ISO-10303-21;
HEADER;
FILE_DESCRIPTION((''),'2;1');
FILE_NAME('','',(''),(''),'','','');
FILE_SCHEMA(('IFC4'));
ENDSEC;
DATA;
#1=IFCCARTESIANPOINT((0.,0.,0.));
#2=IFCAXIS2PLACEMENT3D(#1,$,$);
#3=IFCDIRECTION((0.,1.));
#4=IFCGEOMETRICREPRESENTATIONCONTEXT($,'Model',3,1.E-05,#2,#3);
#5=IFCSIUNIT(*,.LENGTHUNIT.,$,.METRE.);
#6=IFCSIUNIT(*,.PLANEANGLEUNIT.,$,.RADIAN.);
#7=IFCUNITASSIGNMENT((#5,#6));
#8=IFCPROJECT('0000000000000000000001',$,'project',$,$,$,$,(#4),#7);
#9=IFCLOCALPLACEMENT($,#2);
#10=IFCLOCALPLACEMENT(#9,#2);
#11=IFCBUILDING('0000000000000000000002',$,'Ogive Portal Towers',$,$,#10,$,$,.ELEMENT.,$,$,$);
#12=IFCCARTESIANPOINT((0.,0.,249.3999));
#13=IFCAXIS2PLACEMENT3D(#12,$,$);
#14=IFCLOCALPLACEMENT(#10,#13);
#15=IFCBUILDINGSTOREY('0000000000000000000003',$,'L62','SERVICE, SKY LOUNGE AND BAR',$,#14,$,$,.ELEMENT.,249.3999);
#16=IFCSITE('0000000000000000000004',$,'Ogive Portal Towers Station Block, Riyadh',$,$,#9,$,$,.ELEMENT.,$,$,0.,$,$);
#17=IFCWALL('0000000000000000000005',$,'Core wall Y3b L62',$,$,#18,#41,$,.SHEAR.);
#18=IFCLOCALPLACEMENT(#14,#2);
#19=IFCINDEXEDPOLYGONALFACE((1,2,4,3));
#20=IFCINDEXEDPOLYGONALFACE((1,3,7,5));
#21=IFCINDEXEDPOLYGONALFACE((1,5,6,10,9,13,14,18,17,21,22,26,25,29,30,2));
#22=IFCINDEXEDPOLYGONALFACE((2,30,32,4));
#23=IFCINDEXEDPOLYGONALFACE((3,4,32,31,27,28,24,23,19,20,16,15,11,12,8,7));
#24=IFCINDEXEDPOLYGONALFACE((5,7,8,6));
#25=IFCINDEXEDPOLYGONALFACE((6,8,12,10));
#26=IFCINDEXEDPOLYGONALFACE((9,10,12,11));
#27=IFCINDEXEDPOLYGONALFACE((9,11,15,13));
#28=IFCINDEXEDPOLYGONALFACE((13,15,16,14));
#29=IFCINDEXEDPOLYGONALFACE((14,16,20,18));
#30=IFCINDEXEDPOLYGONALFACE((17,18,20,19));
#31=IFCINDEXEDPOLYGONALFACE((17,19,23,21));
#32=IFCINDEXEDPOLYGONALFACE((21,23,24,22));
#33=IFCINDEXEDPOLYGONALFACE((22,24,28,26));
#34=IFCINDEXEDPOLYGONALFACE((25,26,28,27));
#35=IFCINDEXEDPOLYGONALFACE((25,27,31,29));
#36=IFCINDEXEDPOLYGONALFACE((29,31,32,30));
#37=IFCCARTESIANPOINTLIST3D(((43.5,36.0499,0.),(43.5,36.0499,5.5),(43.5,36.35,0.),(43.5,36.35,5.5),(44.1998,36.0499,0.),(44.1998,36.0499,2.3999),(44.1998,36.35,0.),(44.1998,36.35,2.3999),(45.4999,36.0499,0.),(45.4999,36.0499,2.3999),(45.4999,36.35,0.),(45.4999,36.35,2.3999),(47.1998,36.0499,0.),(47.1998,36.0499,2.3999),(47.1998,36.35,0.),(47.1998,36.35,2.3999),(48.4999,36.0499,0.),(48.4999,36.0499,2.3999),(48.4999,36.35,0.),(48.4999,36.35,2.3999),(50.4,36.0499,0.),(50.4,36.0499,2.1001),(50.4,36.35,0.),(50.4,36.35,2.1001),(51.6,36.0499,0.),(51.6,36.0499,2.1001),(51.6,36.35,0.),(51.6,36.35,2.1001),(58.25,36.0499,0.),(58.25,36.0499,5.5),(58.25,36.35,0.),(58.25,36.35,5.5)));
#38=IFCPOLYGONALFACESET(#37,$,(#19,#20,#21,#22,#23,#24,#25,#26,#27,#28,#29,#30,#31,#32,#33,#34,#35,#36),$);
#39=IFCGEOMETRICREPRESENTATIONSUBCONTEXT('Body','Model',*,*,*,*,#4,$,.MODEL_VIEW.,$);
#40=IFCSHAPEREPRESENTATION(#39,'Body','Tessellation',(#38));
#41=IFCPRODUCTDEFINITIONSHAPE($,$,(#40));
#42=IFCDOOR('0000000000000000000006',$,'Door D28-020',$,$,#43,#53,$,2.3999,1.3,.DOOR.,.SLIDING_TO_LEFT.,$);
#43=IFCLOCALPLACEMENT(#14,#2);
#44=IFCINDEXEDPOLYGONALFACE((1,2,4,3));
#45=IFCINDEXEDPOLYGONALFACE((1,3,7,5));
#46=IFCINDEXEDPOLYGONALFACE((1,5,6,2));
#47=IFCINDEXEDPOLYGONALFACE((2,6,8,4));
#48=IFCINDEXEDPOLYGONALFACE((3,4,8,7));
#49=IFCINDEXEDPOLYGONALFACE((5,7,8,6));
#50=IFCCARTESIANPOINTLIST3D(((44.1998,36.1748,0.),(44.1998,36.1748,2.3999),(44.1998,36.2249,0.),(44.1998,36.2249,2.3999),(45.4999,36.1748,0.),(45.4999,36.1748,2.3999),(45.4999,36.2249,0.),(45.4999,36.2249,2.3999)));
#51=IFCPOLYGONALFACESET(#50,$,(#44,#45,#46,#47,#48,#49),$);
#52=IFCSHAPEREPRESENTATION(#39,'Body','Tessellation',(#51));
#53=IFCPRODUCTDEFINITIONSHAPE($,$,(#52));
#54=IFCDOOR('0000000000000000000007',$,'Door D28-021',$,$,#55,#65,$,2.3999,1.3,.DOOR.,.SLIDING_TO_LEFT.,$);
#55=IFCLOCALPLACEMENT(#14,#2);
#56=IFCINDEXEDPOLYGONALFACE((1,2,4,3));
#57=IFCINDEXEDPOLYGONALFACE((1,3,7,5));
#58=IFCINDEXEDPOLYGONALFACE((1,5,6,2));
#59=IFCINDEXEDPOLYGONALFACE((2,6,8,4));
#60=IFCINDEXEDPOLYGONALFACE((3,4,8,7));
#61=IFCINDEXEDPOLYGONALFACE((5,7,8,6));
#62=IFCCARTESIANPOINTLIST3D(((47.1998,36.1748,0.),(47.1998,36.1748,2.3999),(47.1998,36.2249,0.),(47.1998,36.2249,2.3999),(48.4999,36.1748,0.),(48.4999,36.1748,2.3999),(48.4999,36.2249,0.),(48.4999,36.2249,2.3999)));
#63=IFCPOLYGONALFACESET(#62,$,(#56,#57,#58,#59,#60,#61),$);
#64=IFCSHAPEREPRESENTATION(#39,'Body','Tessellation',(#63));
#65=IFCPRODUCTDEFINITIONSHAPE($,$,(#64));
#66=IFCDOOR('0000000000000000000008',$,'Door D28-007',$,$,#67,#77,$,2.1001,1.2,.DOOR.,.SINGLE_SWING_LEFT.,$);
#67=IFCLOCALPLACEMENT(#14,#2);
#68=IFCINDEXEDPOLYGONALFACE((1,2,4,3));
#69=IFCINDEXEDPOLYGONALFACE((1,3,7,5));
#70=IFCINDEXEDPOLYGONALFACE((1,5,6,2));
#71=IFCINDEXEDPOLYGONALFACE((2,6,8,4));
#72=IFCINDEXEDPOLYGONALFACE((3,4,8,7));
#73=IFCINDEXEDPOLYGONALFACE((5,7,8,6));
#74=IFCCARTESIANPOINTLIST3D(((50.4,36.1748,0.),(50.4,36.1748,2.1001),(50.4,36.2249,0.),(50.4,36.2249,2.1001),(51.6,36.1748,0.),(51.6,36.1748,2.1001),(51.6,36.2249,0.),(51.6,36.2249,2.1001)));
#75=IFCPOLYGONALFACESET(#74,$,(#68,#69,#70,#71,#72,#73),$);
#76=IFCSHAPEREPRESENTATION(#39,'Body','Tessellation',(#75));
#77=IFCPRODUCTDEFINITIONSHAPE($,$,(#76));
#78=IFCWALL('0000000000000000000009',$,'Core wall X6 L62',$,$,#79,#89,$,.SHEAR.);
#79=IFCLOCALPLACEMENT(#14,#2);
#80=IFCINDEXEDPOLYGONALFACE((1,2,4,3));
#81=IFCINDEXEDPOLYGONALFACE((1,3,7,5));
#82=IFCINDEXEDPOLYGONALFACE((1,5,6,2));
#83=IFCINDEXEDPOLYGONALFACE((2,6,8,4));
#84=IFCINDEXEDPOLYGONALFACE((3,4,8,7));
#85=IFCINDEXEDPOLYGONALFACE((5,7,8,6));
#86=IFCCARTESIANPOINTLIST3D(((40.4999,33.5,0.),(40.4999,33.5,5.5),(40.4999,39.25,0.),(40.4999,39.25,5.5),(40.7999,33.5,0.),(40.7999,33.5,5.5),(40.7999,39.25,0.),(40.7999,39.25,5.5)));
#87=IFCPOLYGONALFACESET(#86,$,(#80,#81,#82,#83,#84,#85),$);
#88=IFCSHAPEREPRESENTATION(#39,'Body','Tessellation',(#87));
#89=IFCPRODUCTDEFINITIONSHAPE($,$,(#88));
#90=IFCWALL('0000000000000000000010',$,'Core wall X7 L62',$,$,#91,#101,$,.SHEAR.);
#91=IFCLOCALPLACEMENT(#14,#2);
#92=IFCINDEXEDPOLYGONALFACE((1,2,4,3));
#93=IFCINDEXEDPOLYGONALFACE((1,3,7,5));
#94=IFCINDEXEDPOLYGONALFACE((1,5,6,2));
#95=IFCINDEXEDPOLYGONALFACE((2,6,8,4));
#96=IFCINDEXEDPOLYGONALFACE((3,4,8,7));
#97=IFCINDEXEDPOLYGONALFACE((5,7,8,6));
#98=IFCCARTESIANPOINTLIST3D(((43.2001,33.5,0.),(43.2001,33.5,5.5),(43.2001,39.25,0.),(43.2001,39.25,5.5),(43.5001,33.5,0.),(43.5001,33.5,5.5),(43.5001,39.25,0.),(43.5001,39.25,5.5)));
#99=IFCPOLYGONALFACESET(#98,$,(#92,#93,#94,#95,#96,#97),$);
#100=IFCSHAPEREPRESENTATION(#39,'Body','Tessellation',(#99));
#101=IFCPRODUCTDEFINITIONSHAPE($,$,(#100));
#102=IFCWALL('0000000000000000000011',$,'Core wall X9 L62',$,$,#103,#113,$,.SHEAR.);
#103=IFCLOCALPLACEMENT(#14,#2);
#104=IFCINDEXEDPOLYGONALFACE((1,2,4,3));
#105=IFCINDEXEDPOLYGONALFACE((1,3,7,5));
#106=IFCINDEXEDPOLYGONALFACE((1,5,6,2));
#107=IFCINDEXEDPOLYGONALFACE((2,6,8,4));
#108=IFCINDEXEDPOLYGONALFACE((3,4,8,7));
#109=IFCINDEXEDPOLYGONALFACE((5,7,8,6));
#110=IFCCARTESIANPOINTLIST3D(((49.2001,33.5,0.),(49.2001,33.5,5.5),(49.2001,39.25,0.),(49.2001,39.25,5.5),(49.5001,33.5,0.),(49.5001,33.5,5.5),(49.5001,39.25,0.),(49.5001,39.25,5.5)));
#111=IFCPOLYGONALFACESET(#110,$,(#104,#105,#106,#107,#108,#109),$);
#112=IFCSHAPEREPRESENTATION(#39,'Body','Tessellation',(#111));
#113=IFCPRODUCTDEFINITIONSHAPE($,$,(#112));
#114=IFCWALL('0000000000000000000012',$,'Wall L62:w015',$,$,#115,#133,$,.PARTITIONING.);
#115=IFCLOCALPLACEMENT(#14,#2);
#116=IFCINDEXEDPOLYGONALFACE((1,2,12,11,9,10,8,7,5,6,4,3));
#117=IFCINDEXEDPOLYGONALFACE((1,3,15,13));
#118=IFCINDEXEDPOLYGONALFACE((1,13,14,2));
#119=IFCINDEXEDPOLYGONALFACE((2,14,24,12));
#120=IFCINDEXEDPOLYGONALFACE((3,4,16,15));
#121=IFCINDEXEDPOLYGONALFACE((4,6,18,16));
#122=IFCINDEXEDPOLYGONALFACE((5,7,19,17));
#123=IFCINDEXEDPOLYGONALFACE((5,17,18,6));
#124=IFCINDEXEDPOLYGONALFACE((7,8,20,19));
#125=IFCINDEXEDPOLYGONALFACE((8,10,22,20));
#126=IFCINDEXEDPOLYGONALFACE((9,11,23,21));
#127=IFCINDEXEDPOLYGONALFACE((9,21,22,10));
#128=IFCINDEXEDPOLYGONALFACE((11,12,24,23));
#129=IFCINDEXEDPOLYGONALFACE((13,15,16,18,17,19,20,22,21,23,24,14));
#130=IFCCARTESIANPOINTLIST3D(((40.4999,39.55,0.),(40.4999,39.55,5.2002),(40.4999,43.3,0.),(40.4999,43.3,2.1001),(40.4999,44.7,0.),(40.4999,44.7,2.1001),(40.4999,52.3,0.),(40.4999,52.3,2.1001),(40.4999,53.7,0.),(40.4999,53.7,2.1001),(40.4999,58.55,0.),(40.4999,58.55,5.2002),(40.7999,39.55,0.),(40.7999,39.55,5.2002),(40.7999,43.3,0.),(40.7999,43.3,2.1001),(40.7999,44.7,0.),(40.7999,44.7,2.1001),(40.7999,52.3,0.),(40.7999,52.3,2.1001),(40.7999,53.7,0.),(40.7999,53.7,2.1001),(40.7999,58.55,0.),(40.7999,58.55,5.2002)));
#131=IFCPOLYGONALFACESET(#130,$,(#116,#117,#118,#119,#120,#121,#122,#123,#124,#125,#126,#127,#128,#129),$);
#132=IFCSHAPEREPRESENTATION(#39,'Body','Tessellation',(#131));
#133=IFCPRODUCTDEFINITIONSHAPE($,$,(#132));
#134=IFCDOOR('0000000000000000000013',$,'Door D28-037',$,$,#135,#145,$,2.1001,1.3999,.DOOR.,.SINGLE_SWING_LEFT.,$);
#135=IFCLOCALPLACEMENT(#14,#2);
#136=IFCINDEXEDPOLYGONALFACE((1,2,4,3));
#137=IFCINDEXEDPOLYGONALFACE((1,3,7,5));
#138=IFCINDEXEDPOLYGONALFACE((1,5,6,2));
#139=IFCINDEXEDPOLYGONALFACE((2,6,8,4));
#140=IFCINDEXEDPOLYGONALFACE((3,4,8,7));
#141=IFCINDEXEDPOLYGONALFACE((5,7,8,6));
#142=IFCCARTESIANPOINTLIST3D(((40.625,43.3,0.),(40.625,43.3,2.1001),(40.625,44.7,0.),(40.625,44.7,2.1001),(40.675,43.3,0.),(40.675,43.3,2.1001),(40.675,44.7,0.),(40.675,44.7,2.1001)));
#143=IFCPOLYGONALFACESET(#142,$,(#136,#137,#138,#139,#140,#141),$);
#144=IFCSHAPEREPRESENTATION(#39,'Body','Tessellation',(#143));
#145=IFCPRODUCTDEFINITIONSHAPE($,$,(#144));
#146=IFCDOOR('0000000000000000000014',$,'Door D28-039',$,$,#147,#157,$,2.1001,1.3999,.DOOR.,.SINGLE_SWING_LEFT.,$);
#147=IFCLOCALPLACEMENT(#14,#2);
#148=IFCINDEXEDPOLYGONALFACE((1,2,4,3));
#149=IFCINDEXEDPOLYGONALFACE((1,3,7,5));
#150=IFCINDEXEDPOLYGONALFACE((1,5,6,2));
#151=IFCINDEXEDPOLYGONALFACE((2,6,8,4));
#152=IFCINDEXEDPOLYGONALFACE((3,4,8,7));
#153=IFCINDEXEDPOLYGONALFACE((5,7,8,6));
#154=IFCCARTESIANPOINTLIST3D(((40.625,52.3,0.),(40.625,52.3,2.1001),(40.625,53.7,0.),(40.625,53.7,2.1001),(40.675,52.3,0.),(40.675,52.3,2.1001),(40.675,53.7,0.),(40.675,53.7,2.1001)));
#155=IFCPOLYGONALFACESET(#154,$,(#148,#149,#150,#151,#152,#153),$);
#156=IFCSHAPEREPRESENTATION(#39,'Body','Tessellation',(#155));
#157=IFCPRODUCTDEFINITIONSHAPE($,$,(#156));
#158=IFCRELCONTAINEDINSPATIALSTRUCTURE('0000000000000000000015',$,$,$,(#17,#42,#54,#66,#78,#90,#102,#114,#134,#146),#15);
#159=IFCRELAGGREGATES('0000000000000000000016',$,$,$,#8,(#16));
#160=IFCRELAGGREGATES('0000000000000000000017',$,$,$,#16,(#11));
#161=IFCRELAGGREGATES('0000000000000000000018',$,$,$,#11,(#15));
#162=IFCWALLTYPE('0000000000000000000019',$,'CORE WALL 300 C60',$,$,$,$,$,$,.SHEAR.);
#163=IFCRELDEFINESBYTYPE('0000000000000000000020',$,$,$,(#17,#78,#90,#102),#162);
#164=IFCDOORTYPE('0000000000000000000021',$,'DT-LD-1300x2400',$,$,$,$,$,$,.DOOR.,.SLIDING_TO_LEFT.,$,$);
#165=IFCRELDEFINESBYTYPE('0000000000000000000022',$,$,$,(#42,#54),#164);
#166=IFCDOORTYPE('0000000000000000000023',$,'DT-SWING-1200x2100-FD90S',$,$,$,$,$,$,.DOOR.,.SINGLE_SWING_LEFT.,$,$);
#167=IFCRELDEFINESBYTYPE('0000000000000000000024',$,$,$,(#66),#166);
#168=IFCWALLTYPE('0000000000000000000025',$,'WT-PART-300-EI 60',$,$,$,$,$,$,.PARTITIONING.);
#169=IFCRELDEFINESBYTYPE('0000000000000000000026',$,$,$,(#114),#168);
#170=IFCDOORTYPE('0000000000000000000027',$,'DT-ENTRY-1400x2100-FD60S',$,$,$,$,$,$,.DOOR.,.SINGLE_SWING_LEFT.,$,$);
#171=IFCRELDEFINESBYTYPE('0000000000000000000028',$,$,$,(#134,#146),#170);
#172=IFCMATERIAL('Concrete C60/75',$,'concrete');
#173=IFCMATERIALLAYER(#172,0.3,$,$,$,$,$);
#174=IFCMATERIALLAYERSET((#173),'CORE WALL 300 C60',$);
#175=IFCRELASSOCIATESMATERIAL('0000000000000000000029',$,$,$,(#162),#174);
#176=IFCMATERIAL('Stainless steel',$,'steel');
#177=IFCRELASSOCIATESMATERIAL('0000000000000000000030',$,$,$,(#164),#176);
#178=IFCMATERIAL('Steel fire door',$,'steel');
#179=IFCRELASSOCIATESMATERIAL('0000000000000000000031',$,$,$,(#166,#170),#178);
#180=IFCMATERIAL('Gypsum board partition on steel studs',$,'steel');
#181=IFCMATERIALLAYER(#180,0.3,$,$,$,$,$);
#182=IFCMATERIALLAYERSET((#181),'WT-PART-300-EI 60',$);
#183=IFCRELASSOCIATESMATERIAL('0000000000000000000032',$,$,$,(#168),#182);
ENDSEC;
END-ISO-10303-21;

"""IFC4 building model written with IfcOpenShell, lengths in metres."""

from ifc_helpers import new_model, si_unit, direction, frame, frame_2d, origin, place, context, subcontext, project, spatial, rectangle, extrude, material, layer, layer_set, type_object, element, fill, save


model = new_model("IFC4")

# Units and contexts
model_context = context("Model", 3, precision=1e-05, world=origin(), true_north=direction((0.0, 1.0)))
body_context = subcontext(model_context, "Body", "Model", "MODEL_VIEW")
ifc_project = project(units=[si_unit("LENGTHUNIT", "METRE"), si_unit("PLANEANGLEUNIT", "RADIAN")], contexts=[model_context])

# Site, building, storey
site_placement = place(None, origin())
site = spatial("IfcSite", under=ifc_project, at=site_placement, Name="Ogive Portal Towers Station Block, Riyadh", CompositionType="ELEMENT", RefElevation=0.0)
building_placement = place(site_placement, origin())
building = spatial("IfcBuilding", under=site, at=building_placement, Name="Ogive Portal Towers", CompositionType="ELEMENT")
storey_placement = place(building_placement, frame((0.0, 0.0, 249.3999)))
storey = spatial("IfcBuildingStorey", under=building, at=storey_placement, Name="L62", Description="SERVICE, SKY LOUNGE AND BAR", CompositionType="ELEMENT", Elevation=249.3999)

# Wall, openings, doors
ifc_material_1 = material(Name="Concrete C60/75", Category="concrete")
ifc_layer_1 = layer(ifc_material_1, 0.3)
ifc_layer_set_1 = layer_set([ifc_layer_1], Name="CORE WALL 300 C60")
wall_type_1 = type_object("IfcWallType", Name="CORE WALL 300 C60", PredefinedType="SHEAR", material=ifc_layer_set_1)
wall_1_placement = place(storey_placement, frame((43.5, 36.2, 0.0), z_axis=(0.0, 0.0, 1.0), x_axis=(1.0, 0.0, 0.0)))
wall_1 = element("IfcWall", 1, at=wall_1_placement, inside=storey, type_object=wall_type_1, Name="Core wall Y3b L62", PredefinedType="SHEAR", context=body_context, shape_type="SweptSolid", body=[
    extrude(rectangle(XDim=14.75, YDim=0.3, at=frame_2d((7.375, 0.0))), origin(), (0.0, 0.0, 1.0), 5.5),
])
opening_1_placement = place(wall_1_placement, frame((6.8999, 0.0, 0.0)))
opening_1 = element("IfcOpeningElement", 2, at=opening_1_placement, cuts=wall_1, PredefinedType="OPENING", context=body_context, shape_type="SweptSolid", body=[
    extrude(rectangle(XDim=1.2, YDim=2.1001, at=frame_2d((0.6001, 1.05))), frame((0.0, 0.1602, 0.0), z_axis=(0.0, -1.0, 0.0), x_axis=(1.0, 0.0, 0.0)), (0.0, 0.0, 1.0), 0.3201),
])
opening_2_placement = place(wall_1_placement, frame((0.7, 0.0, 0.0)))
opening_2 = element("IfcOpeningElement", 3, at=opening_2_placement, cuts=wall_1, PredefinedType="OPENING", context=body_context, shape_type="SweptSolid", body=[
    extrude(rectangle(XDim=1.3, YDim=2.3999, at=frame_2d((0.6499, 1.2))), frame((0.0, 0.1602, 0.0), z_axis=(0.0, -1.0, 0.0), x_axis=(1.0, 0.0, 0.0)), (0.0, 0.0, 1.0), 0.3201),
])
opening_3_placement = place(wall_1_placement, frame((3.7, 0.0, 0.0)))
opening_3 = element("IfcOpeningElement", 4, at=opening_3_placement, cuts=wall_1, PredefinedType="OPENING", context=body_context, shape_type="SweptSolid", body=[
    extrude(rectangle(XDim=1.3, YDim=2.3999, at=frame_2d((0.6499, 1.2))), frame((0.0, 0.1602, 0.0), z_axis=(0.0, -1.0, 0.0), x_axis=(1.0, 0.0, 0.0)), (0.0, 0.0, 1.0), 0.3201),
])
ifc_material_2 = material(Name="Stainless steel", Category="steel")
door_type_1 = type_object("IfcDoorType", Name="DT-LD-1300x2400", OperationType="SLIDING_TO_LEFT", PredefinedType="DOOR", material=ifc_material_2)
door_1_placement = place(opening_2_placement, origin())
door_1 = element("IfcDoor", 5, at=door_1_placement, inside=storey, type_object=door_type_1, Name="Door D28-020", OperationType="SLIDING_TO_LEFT", OverallHeight=2.3999, OverallWidth=1.3, PredefinedType="DOOR", context=body_context, shape_type="SweptSolid", body=[
    extrude(rectangle(XDim=1.3, YDim=2.3999, at=frame_2d((0.6499, 1.2))), frame((0.0, 0.0249, 0.0), z_axis=(0.0, -1.0, 0.0), x_axis=(1.0, 0.0, 0.0)), (0.0, 0.0, 1.0), 0.05),
])
fill(opening_2, door_1)
door_2_placement = place(opening_3_placement, origin())
door_2 = element("IfcDoor", 6, at=door_2_placement, inside=storey, type_object=door_type_1, Name="Door D28-021", OperationType="SLIDING_TO_LEFT", OverallHeight=2.3999, OverallWidth=1.3, PredefinedType="DOOR", context=body_context, shape_type="SweptSolid", body=[
    extrude(rectangle(XDim=1.3, YDim=2.3999, at=frame_2d((0.6499, 1.2))), frame((0.0, 0.0249, 0.0), z_axis=(0.0, -1.0, 0.0), x_axis=(1.0, 0.0, 0.0)), (0.0, 0.0, 1.0), 0.05),
])
fill(opening_3, door_2)
ifc_material_3 = material(Name="Steel fire door", Category="steel")
door_type_2 = type_object("IfcDoorType", Name="DT-SWING-1200x2100-FD90S", OperationType="SINGLE_SWING_LEFT", PredefinedType="DOOR", material=ifc_material_3)
door_3_placement = place(opening_1_placement, origin())
door_3 = element("IfcDoor", 7, at=door_3_placement, inside=storey, type_object=door_type_2, Name="Door D28-007", OperationType="SINGLE_SWING_LEFT", OverallHeight=2.1001, OverallWidth=1.2, PredefinedType="DOOR", context=body_context, shape_type="SweptSolid", body=[
    extrude(rectangle(XDim=1.2, YDim=2.1001, at=frame_2d((0.6001, 1.05))), frame((0.0, 0.0249, 0.0), z_axis=(0.0, -1.0, 0.0), x_axis=(1.0, 0.0, 0.0)), (0.0, 0.0, 1.0), 0.05),
])
fill(opening_1, door_3)

# Walls
for number, where, z_axis, x_axis, name in (
    (8, (40.6499, 33.5, 0.0), (0.0, 0.0, 1.0), (0.0, 1.0, 0.0), "Core wall X6 L62"),
    (9, (43.3501, 33.5, 0.0), (0.0, 0.0, 1.0), (0.0, 1.0, 0.0), "Core wall X7 L62"),
):
    element("IfcWall", number, at=place(storey_placement, frame(where, z_axis=z_axis, x_axis=x_axis)), inside=storey, type_object=wall_type_1, Name=name, PredefinedType="SHEAR", context=body_context, shape_type="SweptSolid", body=[
        extrude(rectangle(XDim=5.75, YDim=0.3, at=frame_2d((2.875, 0.0))), origin(), (0.0, 0.0, 1.0), 5.5),
    ])

# Wall
wall_2_placement = place(storey_placement, frame((49.3501, 33.5, 0.0), z_axis=(0.0, 0.0, 1.0), x_axis=(0.0, 1.0, 0.0)))
element("IfcWall", 10, at=wall_2_placement, inside=storey, type_object=wall_type_1, Name="Core wall X9 L62", PredefinedType="SHEAR", context=body_context, shape_type="SweptSolid", body=[
    extrude(rectangle(XDim=5.75, YDim=0.3, at=frame_2d((2.875, 0.0))), origin(), (0.0, 0.0, 1.0), 5.5),
])

# Wall, openings, doors
ifc_material_4 = material(Name="Gypsum board partition on steel studs", Category="steel")
ifc_layer_2 = layer(ifc_material_4, 0.3)
ifc_layer_set_2 = layer_set([ifc_layer_2], Name="WT-PART-300-EI 60")
wall_type_2 = type_object("IfcWallType", Name="WT-PART-300-EI 60", PredefinedType="PARTITIONING", material=ifc_layer_set_2)
wall_3_placement = place(storey_placement, frame((40.6499, 39.55, 0.0), z_axis=(0.0, 0.0, 1.0), x_axis=(0.0, 1.0, 0.0)))
wall_3 = element("IfcWall", 11, at=wall_3_placement, inside=storey, type_object=wall_type_2, Name="Wall L62:w015", PredefinedType="PARTITIONING", context=body_context, shape_type="SweptSolid", body=[
    extrude(rectangle(XDim=19.0, YDim=0.3, at=frame_2d((9.5, 0.0))), origin(), (0.0, 0.0, 1.0), 5.2002),
])
opening_4_placement = place(wall_3_placement, frame((3.75, 0.0, 0.0)))
opening_4 = element("IfcOpeningElement", 12, at=opening_4_placement, cuts=wall_3, PredefinedType="OPENING", context=body_context, shape_type="SweptSolid", body=[
    extrude(rectangle(XDim=1.3999, YDim=2.1001, at=frame_2d((0.7, 1.05))), frame((0.0, 0.1602, 0.0), z_axis=(0.0, -1.0, 0.0), x_axis=(1.0, 0.0, 0.0)), (0.0, 0.0, 1.0), 0.3201),
])
opening_5_placement = place(wall_3_placement, frame((12.75, 0.0, 0.0)))
opening_5 = element("IfcOpeningElement", 13, at=opening_5_placement, cuts=wall_3, PredefinedType="OPENING", context=body_context, shape_type="SweptSolid", body=[
    extrude(rectangle(XDim=1.3999, YDim=2.1001, at=frame_2d((0.7, 1.05))), frame((0.0, 0.1602, 0.0), z_axis=(0.0, -1.0, 0.0), x_axis=(1.0, 0.0, 0.0)), (0.0, 0.0, 1.0), 0.3201),
])
door_type_3 = type_object("IfcDoorType", Name="DT-ENTRY-1400x2100-FD60S", OperationType="SINGLE_SWING_LEFT", PredefinedType="DOOR", material=ifc_material_3)
door_4_placement = place(opening_4_placement, origin())
door_4 = element("IfcDoor", 14, at=door_4_placement, inside=storey, type_object=door_type_3, Name="Door D28-037", OperationType="SINGLE_SWING_LEFT", OverallHeight=2.1001, OverallWidth=1.3999, PredefinedType="DOOR", context=body_context, shape_type="SweptSolid", body=[
    extrude(rectangle(XDim=1.3999, YDim=2.1001, at=frame_2d((0.7, 1.05))), frame((0.0, 0.0249, 0.0), z_axis=(0.0, -1.0, 0.0), x_axis=(1.0, 0.0, 0.0)), (0.0, 0.0, 1.0), 0.05),
])
fill(opening_4, door_4)
door_5_placement = place(opening_5_placement, origin())
door_5 = element("IfcDoor", 15, at=door_5_placement, inside=storey, type_object=door_type_3, Name="Door D28-039", OperationType="SINGLE_SWING_LEFT", OverallHeight=2.1001, OverallWidth=1.3999, PredefinedType="DOOR", context=body_context, shape_type="SweptSolid", body=[
    extrude(rectangle(XDim=1.3999, YDim=2.1001, at=frame_2d((0.7, 1.05))), frame((0.0, 0.0249, 0.0), z_axis=(0.0, -1.0, 0.0), x_axis=(1.0, 0.0, 0.0)), (0.0, 0.0, 1.0), 0.05),
])
fill(opening_5, door_5)

save(model, "model.ifc")
